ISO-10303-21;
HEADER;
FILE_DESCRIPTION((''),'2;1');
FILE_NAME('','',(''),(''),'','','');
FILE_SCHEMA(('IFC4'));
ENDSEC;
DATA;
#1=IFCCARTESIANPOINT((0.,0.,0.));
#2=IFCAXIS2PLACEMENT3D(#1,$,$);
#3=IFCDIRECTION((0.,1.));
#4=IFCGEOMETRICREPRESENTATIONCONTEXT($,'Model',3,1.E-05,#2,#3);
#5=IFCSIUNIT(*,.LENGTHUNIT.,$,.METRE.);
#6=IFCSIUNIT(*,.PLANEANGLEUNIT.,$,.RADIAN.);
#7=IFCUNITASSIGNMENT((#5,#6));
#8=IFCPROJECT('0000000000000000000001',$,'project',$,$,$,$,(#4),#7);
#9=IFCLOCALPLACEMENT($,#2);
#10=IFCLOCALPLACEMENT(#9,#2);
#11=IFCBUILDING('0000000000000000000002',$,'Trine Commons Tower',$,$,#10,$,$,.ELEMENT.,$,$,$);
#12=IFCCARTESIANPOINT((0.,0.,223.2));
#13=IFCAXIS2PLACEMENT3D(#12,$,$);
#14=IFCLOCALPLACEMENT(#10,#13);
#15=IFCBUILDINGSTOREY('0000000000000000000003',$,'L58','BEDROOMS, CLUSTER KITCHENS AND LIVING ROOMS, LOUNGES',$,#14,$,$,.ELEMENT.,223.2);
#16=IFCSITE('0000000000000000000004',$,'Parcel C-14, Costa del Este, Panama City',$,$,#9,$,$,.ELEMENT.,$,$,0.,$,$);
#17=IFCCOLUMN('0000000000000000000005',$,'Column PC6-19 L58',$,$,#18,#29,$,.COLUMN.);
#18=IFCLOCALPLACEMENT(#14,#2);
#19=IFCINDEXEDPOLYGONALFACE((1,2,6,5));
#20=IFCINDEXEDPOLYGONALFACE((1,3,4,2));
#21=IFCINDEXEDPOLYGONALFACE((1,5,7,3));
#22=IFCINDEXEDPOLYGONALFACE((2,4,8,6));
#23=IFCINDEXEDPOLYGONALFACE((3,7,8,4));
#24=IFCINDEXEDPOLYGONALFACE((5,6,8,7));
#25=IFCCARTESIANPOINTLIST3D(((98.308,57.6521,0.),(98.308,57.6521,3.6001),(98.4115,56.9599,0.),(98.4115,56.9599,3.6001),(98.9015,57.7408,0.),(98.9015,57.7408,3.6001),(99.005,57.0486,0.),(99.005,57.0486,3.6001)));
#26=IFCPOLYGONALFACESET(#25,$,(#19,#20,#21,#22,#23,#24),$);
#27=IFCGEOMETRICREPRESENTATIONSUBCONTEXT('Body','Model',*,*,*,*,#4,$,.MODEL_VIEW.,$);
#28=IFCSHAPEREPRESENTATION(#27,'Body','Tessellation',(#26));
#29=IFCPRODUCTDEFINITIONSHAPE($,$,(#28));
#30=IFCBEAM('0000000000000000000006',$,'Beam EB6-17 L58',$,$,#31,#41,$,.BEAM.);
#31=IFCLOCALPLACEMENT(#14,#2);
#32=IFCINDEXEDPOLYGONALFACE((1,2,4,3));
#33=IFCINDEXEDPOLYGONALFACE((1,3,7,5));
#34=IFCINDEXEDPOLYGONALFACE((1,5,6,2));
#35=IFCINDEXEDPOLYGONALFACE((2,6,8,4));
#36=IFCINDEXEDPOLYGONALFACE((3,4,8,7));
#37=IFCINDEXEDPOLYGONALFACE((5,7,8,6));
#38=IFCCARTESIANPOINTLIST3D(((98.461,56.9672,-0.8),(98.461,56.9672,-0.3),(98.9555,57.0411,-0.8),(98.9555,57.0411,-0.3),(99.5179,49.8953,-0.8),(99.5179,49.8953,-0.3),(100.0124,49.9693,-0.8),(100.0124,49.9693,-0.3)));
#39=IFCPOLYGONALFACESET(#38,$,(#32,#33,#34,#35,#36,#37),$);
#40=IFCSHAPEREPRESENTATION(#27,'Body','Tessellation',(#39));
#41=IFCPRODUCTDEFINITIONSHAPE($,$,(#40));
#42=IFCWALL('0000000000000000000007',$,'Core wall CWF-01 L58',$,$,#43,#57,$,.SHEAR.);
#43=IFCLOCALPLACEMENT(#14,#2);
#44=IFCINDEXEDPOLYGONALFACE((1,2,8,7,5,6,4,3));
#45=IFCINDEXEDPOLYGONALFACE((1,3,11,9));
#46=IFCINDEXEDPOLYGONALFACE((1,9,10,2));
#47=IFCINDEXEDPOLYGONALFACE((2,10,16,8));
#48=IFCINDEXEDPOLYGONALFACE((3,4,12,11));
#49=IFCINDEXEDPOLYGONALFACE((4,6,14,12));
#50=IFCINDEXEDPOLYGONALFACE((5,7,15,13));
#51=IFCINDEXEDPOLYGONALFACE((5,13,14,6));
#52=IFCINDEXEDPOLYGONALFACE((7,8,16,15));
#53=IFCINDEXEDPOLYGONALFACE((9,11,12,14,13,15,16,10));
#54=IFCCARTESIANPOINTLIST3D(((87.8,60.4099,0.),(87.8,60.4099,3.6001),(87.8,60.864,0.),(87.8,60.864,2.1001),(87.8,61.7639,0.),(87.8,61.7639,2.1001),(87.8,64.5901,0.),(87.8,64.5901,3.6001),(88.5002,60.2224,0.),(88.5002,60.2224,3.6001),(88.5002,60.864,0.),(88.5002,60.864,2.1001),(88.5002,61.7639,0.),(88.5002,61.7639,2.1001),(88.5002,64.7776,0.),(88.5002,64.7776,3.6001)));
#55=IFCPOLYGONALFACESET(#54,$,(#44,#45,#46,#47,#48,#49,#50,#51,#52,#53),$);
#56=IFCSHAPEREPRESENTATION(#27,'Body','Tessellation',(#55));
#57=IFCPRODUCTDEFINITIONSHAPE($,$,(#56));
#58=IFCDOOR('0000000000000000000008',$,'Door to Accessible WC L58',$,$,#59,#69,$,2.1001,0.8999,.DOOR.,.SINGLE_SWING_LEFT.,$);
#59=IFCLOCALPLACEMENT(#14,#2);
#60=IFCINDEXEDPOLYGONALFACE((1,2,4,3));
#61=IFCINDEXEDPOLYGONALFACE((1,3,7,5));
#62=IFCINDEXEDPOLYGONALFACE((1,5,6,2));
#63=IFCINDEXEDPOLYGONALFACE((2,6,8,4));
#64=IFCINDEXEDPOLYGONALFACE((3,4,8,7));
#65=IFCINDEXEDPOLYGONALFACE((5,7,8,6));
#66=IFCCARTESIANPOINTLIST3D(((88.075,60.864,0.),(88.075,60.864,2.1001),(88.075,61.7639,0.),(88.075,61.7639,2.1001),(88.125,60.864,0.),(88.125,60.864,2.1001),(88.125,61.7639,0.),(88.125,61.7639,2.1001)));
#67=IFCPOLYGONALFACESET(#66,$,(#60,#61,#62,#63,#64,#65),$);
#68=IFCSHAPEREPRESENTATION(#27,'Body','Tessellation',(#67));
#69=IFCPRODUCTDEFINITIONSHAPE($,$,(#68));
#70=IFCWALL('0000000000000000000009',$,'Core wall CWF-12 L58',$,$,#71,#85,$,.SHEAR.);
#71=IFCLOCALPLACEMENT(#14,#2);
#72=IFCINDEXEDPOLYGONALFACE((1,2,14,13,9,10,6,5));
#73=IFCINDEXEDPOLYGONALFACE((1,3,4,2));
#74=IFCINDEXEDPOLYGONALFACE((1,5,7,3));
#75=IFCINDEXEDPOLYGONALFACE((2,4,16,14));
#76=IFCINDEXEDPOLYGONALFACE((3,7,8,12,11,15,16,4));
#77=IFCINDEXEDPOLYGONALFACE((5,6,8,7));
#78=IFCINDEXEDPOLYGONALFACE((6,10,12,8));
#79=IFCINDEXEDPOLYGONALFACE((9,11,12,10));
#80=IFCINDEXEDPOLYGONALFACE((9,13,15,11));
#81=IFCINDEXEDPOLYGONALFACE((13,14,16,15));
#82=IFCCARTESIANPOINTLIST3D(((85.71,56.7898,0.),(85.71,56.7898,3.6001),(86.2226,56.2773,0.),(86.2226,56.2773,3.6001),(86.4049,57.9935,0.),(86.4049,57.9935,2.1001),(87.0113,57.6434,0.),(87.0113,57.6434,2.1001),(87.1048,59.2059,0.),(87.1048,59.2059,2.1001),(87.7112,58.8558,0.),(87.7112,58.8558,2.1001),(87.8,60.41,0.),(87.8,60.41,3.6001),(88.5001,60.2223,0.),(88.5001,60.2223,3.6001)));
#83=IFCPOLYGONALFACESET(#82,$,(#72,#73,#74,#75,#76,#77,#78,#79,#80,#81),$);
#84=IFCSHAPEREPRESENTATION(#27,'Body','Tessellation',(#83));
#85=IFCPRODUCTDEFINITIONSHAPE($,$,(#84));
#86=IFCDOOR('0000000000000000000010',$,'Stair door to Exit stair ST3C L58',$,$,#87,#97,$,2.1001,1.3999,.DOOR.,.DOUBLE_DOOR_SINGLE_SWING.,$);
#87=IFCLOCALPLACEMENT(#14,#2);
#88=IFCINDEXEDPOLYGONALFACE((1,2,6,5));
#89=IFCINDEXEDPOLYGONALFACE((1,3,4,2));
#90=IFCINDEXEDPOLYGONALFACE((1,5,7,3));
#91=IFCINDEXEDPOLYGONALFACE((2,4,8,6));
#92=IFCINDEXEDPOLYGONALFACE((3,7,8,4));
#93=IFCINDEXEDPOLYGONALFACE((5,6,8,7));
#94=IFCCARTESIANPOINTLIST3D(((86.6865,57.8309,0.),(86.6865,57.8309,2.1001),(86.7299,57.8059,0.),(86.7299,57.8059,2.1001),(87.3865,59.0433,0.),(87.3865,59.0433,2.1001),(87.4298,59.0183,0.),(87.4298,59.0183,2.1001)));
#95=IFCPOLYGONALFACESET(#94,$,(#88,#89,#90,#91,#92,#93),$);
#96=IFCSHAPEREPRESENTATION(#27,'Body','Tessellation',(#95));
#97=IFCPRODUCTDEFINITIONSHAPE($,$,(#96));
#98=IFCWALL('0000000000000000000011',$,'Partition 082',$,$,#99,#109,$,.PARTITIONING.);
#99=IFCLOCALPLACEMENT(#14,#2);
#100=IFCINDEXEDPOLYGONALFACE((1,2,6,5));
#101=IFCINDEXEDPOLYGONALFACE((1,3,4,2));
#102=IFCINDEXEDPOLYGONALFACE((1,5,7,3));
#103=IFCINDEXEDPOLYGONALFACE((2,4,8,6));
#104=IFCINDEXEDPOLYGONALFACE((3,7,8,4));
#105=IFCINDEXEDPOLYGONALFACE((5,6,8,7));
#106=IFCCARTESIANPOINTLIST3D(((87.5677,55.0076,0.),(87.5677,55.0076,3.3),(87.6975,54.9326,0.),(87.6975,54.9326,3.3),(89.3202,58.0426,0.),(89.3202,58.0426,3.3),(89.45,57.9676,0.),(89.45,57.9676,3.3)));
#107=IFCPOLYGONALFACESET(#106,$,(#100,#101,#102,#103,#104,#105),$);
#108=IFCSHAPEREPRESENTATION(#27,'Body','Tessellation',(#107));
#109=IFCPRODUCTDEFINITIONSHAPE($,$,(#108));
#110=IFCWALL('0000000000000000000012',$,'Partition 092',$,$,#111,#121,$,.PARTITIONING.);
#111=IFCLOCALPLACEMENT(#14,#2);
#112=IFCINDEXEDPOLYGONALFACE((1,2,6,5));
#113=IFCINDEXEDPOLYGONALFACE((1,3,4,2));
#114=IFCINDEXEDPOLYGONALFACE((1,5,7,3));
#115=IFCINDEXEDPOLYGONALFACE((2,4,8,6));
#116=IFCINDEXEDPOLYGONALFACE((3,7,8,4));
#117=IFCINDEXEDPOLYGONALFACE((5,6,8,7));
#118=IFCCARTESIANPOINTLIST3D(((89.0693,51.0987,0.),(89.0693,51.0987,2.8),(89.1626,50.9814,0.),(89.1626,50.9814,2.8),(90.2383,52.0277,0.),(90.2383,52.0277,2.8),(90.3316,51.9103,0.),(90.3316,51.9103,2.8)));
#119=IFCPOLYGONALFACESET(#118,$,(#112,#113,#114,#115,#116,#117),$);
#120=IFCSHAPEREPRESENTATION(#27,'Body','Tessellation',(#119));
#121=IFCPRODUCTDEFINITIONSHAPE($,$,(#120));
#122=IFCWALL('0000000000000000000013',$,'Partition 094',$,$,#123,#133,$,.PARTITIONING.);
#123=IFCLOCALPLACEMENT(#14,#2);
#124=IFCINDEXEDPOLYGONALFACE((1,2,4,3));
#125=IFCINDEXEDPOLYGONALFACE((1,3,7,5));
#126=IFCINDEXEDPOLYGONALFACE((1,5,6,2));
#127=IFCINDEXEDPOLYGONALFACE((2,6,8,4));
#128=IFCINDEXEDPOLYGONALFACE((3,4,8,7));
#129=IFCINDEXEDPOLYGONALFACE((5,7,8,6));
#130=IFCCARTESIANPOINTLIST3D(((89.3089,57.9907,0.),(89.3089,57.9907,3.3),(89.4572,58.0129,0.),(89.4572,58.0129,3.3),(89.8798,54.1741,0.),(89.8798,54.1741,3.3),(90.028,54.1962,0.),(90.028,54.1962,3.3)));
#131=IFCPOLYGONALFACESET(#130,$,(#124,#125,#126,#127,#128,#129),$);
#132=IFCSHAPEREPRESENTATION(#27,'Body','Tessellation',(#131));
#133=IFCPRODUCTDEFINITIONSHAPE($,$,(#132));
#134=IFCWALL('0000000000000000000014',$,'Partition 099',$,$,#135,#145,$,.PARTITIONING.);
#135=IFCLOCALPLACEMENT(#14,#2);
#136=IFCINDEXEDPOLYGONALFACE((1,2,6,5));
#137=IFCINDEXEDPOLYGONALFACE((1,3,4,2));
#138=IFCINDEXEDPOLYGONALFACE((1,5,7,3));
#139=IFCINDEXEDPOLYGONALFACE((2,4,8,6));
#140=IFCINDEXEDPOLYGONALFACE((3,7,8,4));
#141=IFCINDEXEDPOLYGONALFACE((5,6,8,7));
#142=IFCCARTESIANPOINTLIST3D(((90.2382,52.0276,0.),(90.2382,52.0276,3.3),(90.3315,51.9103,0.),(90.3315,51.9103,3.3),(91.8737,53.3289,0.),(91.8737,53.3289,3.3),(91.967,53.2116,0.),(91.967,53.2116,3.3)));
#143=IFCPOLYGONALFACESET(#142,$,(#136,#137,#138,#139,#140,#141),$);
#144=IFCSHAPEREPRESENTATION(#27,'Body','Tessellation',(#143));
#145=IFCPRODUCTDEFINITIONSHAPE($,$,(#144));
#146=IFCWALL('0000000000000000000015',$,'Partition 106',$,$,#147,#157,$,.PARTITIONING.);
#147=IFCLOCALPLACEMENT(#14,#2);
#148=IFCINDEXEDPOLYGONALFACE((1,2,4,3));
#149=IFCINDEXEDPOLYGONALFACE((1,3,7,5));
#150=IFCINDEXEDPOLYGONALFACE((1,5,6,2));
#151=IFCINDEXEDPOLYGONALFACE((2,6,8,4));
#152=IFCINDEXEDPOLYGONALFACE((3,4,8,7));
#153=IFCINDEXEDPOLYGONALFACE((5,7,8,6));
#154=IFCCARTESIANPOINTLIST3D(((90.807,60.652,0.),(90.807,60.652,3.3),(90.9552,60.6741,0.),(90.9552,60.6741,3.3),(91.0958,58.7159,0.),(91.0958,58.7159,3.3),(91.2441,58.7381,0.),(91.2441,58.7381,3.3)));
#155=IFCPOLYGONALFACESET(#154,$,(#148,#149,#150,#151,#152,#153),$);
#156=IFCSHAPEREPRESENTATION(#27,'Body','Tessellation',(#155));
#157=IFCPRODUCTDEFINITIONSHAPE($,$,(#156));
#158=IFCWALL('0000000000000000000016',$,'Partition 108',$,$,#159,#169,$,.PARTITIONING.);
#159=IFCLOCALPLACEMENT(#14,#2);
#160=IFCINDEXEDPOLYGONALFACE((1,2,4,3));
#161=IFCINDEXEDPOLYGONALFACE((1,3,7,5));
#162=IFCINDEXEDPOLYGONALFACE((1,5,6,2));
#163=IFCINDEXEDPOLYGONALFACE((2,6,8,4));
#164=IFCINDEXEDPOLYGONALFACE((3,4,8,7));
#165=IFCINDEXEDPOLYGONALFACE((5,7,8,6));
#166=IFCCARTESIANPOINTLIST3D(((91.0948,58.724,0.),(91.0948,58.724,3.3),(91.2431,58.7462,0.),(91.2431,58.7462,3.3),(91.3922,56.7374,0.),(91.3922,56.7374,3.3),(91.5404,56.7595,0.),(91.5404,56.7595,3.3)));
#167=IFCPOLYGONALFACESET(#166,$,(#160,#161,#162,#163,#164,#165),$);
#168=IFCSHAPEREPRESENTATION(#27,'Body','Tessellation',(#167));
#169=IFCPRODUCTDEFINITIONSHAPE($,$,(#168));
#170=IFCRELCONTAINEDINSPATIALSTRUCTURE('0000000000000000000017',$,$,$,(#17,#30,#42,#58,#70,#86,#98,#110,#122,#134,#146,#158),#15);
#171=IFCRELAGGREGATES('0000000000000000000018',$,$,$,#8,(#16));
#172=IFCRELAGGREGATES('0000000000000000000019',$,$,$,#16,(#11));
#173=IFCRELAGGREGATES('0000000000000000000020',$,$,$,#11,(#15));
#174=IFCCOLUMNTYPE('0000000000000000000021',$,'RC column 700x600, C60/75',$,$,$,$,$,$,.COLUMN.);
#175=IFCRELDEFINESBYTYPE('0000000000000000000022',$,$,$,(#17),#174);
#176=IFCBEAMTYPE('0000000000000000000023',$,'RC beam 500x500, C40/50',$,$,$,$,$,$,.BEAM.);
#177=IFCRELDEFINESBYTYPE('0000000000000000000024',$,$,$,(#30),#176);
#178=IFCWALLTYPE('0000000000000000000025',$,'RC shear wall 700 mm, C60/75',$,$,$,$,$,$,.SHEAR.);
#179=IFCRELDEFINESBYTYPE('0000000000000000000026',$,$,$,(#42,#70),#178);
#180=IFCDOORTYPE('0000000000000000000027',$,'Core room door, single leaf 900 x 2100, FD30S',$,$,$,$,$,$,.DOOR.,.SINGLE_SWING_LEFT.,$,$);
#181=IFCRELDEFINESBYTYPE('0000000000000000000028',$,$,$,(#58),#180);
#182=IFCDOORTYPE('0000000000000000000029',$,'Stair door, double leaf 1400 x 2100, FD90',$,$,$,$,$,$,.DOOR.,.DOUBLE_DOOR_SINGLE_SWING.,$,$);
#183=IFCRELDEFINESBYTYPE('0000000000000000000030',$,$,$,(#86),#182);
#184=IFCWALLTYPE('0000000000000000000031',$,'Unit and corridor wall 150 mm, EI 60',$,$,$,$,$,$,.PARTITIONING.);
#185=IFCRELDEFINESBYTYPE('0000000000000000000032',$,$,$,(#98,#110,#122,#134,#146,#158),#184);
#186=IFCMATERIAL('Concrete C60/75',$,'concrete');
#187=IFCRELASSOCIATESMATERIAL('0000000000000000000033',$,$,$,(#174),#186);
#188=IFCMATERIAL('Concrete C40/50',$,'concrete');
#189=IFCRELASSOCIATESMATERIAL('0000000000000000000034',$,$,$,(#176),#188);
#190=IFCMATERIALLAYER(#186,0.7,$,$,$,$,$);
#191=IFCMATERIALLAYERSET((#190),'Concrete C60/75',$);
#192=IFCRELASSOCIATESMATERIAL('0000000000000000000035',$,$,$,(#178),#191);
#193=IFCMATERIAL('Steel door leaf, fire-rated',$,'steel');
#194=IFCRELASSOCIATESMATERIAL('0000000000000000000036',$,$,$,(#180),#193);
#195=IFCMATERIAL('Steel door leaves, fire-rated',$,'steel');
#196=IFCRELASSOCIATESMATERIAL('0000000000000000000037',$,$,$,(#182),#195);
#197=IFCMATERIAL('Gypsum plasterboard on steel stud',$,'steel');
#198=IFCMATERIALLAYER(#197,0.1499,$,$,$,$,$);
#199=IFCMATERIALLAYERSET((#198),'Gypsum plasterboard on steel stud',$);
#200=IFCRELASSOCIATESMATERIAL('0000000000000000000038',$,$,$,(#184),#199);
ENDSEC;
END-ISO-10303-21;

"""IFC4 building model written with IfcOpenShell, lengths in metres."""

from ifc_helpers import new_model, si_unit, direction, frame, frame_2d, origin, origin_2d, place, context, subcontext, project, spatial, polyline, rectangle, outline, extrude, material, layer, layer_set, material_profile, profile_set, type_object, element, fill, save


model = new_model("IFC4")

# Units and contexts
model_context = context("Model", 3, precision=1e-05, world=origin(), true_north=direction((0.0, 1.0)))
body_context = subcontext(model_context, "Body", "Model", "MODEL_VIEW")
ifc_project = project(units=[si_unit("LENGTHUNIT", "METRE"), si_unit("PLANEANGLEUNIT", "RADIAN")], contexts=[model_context])

# Site, building, storey
site_placement = place(None, origin())
site = spatial("IfcSite", under=ifc_project, at=site_placement, Name="Parcel C-14, Costa del Este, Panama City", CompositionType="ELEMENT", RefElevation=0.0)
building_placement = place(site_placement, origin())
building = spatial("IfcBuilding", under=site, at=building_placement, Name="Trine Commons Tower", CompositionType="ELEMENT")
storey_placement = place(building_placement, frame((0.0, 0.0, 223.2)))
storey = spatial("IfcBuildingStorey", under=building, at=storey_placement, Name="L58", Description="BEDROOMS, CLUSTER KITCHENS AND LIVING ROOMS, LOUNGES", CompositionType="ELEMENT", Elevation=223.2)

# Column
ifc_material_1 = material(Name="Concrete C60/75", Category="concrete")
ifc_material_profile_1 = material_profile(ifc_material_1, rectangle(XDim=0.7, YDim=0.6001, at=origin_2d()), Name="RC 700x600")
ifc_profile_set_1 = profile_set([ifc_material_profile_1], Name="Concrete C60/75")
column_type = type_object("IfcColumnType", Name="RC column 700x600, C60/75", PredefinedType="COLUMN", material=ifc_profile_set_1)
column_placement = place(storey_placement, frame((98.6565, 57.3503, 0.0), z_axis=(0.0, 0.0, 1.0), x_axis=(-0.147809, 0.989016, 0.0)))
element("IfcColumn", 1, at=column_placement, inside=storey, type_object=column_type, Name="Column PC6-19 L58", PredefinedType="COLUMN", context=body_context, shape_type="SweptSolid", body=[
    extrude(rectangle(XDim=0.7, YDim=0.6001, at=origin_2d()), origin(), (0.0, 0.0, 1.0), 3.6001),
])

# Beam
ifc_material_2 = material(Name="Concrete C40/50", Category="concrete")
ifc_material_profile_2 = material_profile(ifc_material_2, rectangle(XDim=0.5, YDim=0.5, at=origin_2d()), Name="RC 500x500")
ifc_profile_set_2 = profile_set([ifc_material_profile_2], Name="Concrete C40/50")
beam_type = type_object("IfcBeamType", Name="RC beam 500x500, C40/50", PredefinedType="BEAM", material=ifc_profile_set_2)
beam_placement = place(storey_placement, frame((98.7083, 57.0042, -0.55), z_axis=(0.147809, -0.989016, 0.0), x_axis=(0.989016, 0.147809, 0.0)))
element("IfcBeam", 2, at=beam_placement, inside=storey, type_object=beam_type, Name="Beam EB6-17 L58", PredefinedType="BEAM", context=body_context, shape_type="SweptSolid", body=[
    extrude(rectangle(XDim=0.5, YDim=0.5, at=origin_2d()), origin(), (0.0, 0.0, 1.0), 7.1504),
])

# Walls, openings, doors
ifc_layer_1 = layer(ifc_material_1, 0.7)
ifc_layer_set_1 = layer_set([ifc_layer_1], Name="Concrete C60/75")
wall_type_1 = type_object("IfcWallType", Name="RC shear wall 700 mm, C60/75", PredefinedType="SHEAR", material=ifc_layer_set_1)
wall_1_placement = place(storey_placement, frame((88.1501, 60.2224, 0.0), z_axis=(0.0, 0.0, 1.0), x_axis=(0.0, 1.0, 0.0)))
wall_1 = element("IfcWall", 3, at=wall_1_placement, inside=storey, type_object=wall_type_1, Name="Core wall CWF-01 L58", PredefinedType="SHEAR", context=body_context, shape_type="SweptSolid", body=[
    extrude(outline(polyline([(0.0, -0.3501), (4.5552, -0.3501), (4.3677, 0.3501), (0.1875, 0.3501), (0.0, -0.3501)])), origin(), (0.0, 0.0, 1.0), 3.6001),
])
opening_1_placement = place(wall_1_placement, frame((0.6416, 0.0, 0.0)))
opening_1 = element("IfcOpeningElement", 4, at=opening_1_placement, cuts=wall_1, PredefinedType="OPENING", context=body_context, shape_type="SweptSolid", body=[
    extrude(rectangle(XDim=0.8999, YDim=2.1001, at=frame_2d((0.45, 1.05))), frame((0.0, 0.3599, 0.0), z_axis=(0.0, -1.0, 0.0), x_axis=(1.0, 0.0, 0.0)), (0.0, 0.0, 1.0), 0.72),
])
ifc_material_3 = material(Name="Steel door leaf, fire-rated", Category="steel")
door_type_1 = type_object("IfcDoorType", Name="Core room door, single leaf 900 x 2100, FD30S", OperationType="SINGLE_SWING_LEFT", PredefinedType="DOOR", material=ifc_material_3)
door_1_placement = place(opening_1_placement, origin())
door_1 = element("IfcDoor", 5, at=door_1_placement, inside=storey, type_object=door_type_1, Name="Door to Accessible WC L58", OperationType="SINGLE_SWING_LEFT", OverallHeight=2.1001, OverallWidth=0.8999, PredefinedType="DOOR", context=body_context, shape_type="SweptSolid", body=[
    extrude(rectangle(XDim=0.8999, YDim=2.1001, at=frame_2d((0.45, 1.05))), frame((0.0, 0.0752, 0.0), z_axis=(0.0, -1.0, 0.0), x_axis=(1.0, 0.0, 0.0)), (0.0, 0.0, 1.0), 0.05),
])
fill(opening_1, door_1)
wall_2_placement = place(storey_placement, frame((85.9194, 56.4524, 0.0), z_axis=(0.0, 0.0, 1.0), x_axis=(0.499984, 0.866035, 0.0)))
wall_2 = element("IfcWall", 6, at=wall_2_placement, inside=storey, type_object=wall_type_1, Name="Core wall CWF-12 L58", PredefinedType="SHEAR", context=body_context, shape_type="SweptSolid", body=[
    extrude(outline(polyline([(0.0, -0.3501), (4.5552, -0.3501), (4.3677, 0.3501), (0.1875, 0.3501), (0.0, -0.3501)])), origin(), (0.0, 0.0, 1.0), 3.6001),
])
opening_2_placement = place(wall_2_placement, frame((1.5774, 0.0, 0.0)))
opening_2 = element("IfcOpeningElement", 7, at=opening_2_placement, cuts=wall_2, PredefinedType="OPENING", context=body_context, shape_type="SweptSolid", body=[
    extrude(rectangle(XDim=1.3999, YDim=2.1001, at=frame_2d((0.7, 1.05))), frame((0.0, 0.3599, 0.0), z_axis=(0.0, -1.0, 0.0), x_axis=(1.0, 0.0, 0.0)), (0.0, 0.0, 1.0), 0.72),
])
ifc_material_4 = material(Name="Steel door leaves, fire-rated", Category="steel")
door_type_2 = type_object("IfcDoorType", Name="Stair door, double leaf 1400 x 2100, FD90", OperationType="DOUBLE_DOOR_SINGLE_SWING", PredefinedType="DOOR", material=ifc_material_4)
door_2_placement = place(opening_2_placement, origin())
door_2 = element("IfcDoor", 8, at=door_2_placement, inside=storey, type_object=door_type_2, Name="Stair door to Exit stair ST3C L58", OperationType="DOUBLE_DOOR_SINGLE_SWING", OverallHeight=2.1001, OverallWidth=1.3999, PredefinedType="DOOR", context=body_context, shape_type="SweptSolid", body=[
    extrude(rectangle(XDim=1.3999, YDim=2.1001, at=frame_2d((0.7, 1.05))), frame((0.0, 0.0249, 0.0), z_axis=(0.0, -1.0, 0.0), x_axis=(1.0, 0.0, 0.0)), (0.0, 0.0, 1.0), 0.05),
])
fill(opening_2, door_2)

# Walls
ifc_material_5 = material(Name="Gypsum plasterboard on steel stud", Category="steel")
ifc_layer_2 = layer(ifc_material_5, 0.1499)
ifc_layer_set_2 = layer_set([ifc_layer_2], Name="Gypsum plasterboard on steel stud")
wall_type_2 = type_object("IfcWallType", Name="Unit and corridor wall 150 mm, EI 60", PredefinedType="PARTITIONING", material=ifc_layer_set_2)
wall_3_placement = place(storey_placement, frame((87.6326, 54.97, 0.0), z_axis=(0.0, 0.0, 1.0), x_axis=(0.50005, 0.865996, 0.0)))
element("IfcWall", 9, at=wall_3_placement, inside=storey, type_object=wall_type_2, Name="Partition 082", PredefinedType="PARTITIONING", context=body_context, shape_type="SweptSolid", body=[
    extrude(rectangle(XDim=3.5046, YDim=0.1499, at=frame_2d((1.7524, 0.0))), origin(), (0.0, 0.0, 1.0), 3.3),
])
wall_4_placement = place(storey_placement, frame((89.116, 51.04, 0.0), z_axis=(0.0, 0.0, 1.0), x_axis=(0.782891, 0.622159, 0.0)))
element("IfcWall", 10, at=wall_4_placement, inside=storey, type_object=wall_type_2, Name="Partition 092", PredefinedType="PARTITIONING", context=body_context, shape_type="SweptSolid", body=[
    extrude(rectangle(XDim=1.4932, YDim=0.1499, at=frame_2d((0.7466, 0.0))), origin(), (0.0, 0.0, 1.0), 2.8),
])
wall_5_placement = place(storey_placement, frame((89.3831, 58.002, 0.0), z_axis=(0.0, 0.0, 1.0), x_axis=(0.14791, -0.989001, 0.0)))
element("IfcWall", 11, at=wall_5_placement, inside=storey, type_object=wall_type_2, Name="Partition 094", PredefinedType="PARTITIONING", context=body_context, shape_type="SweptSolid", body=[
    extrude(rectangle(XDim=3.8591, YDim=0.1499, at=frame_2d((1.9297, 0.0))), origin(), (0.0, 0.0, 1.0), 3.3),
])
wall_6_placement = place(storey_placement, frame((90.2849, 51.969, 0.0), z_axis=(0.0, 0.0, 1.0), x_axis=(0.78253, 0.622613, 0.0)))
element("IfcWall", 12, at=wall_6_placement, inside=storey, type_object=wall_type_2, Name="Partition 099", PredefinedType="PARTITIONING", context=body_context, shape_type="SweptSolid", body=[
    extrude(rectangle(XDim=2.0901, YDim=0.1499, at=frame_2d((1.0449, 0.0))), origin(), (0.0, 0.0, 1.0), 3.3),
])
wall_7_placement = place(storey_placement, frame((90.8811, 60.6631, 0.0), z_axis=(0.0, 0.0, 1.0), x_axis=(0.147548, -0.989055, 0.0)))
element("IfcWall", 13, at=wall_7_placement, inside=storey, type_object=wall_type_2, Name="Partition 106", PredefinedType="PARTITIONING", context=body_context, shape_type="SweptSolid", body=[
    extrude(rectangle(XDim=1.9575, YDim=0.1499, at=frame_2d((0.9788, 0.0))), origin(), (0.0, 0.0, 1.0), 3.3),
])
wall_8_placement = place(storey_placement, frame((91.1689, 58.7351, 0.0), z_axis=(0.0, 0.0, 1.0), x_axis=(0.148037, -0.988982, 0.0)))
element("IfcWall", 14, at=wall_8_placement, inside=storey, type_object=wall_type_2, Name="Partition 108", PredefinedType="PARTITIONING", context=body_context, shape_type="SweptSolid", body=[
    extrude(rectangle(XDim=2.0088, YDim=0.1499, at=frame_2d((1.0044, 0.0))), origin(), (0.0, 0.0, 1.0), 3.3),
])

save(model, "model.ifc")
